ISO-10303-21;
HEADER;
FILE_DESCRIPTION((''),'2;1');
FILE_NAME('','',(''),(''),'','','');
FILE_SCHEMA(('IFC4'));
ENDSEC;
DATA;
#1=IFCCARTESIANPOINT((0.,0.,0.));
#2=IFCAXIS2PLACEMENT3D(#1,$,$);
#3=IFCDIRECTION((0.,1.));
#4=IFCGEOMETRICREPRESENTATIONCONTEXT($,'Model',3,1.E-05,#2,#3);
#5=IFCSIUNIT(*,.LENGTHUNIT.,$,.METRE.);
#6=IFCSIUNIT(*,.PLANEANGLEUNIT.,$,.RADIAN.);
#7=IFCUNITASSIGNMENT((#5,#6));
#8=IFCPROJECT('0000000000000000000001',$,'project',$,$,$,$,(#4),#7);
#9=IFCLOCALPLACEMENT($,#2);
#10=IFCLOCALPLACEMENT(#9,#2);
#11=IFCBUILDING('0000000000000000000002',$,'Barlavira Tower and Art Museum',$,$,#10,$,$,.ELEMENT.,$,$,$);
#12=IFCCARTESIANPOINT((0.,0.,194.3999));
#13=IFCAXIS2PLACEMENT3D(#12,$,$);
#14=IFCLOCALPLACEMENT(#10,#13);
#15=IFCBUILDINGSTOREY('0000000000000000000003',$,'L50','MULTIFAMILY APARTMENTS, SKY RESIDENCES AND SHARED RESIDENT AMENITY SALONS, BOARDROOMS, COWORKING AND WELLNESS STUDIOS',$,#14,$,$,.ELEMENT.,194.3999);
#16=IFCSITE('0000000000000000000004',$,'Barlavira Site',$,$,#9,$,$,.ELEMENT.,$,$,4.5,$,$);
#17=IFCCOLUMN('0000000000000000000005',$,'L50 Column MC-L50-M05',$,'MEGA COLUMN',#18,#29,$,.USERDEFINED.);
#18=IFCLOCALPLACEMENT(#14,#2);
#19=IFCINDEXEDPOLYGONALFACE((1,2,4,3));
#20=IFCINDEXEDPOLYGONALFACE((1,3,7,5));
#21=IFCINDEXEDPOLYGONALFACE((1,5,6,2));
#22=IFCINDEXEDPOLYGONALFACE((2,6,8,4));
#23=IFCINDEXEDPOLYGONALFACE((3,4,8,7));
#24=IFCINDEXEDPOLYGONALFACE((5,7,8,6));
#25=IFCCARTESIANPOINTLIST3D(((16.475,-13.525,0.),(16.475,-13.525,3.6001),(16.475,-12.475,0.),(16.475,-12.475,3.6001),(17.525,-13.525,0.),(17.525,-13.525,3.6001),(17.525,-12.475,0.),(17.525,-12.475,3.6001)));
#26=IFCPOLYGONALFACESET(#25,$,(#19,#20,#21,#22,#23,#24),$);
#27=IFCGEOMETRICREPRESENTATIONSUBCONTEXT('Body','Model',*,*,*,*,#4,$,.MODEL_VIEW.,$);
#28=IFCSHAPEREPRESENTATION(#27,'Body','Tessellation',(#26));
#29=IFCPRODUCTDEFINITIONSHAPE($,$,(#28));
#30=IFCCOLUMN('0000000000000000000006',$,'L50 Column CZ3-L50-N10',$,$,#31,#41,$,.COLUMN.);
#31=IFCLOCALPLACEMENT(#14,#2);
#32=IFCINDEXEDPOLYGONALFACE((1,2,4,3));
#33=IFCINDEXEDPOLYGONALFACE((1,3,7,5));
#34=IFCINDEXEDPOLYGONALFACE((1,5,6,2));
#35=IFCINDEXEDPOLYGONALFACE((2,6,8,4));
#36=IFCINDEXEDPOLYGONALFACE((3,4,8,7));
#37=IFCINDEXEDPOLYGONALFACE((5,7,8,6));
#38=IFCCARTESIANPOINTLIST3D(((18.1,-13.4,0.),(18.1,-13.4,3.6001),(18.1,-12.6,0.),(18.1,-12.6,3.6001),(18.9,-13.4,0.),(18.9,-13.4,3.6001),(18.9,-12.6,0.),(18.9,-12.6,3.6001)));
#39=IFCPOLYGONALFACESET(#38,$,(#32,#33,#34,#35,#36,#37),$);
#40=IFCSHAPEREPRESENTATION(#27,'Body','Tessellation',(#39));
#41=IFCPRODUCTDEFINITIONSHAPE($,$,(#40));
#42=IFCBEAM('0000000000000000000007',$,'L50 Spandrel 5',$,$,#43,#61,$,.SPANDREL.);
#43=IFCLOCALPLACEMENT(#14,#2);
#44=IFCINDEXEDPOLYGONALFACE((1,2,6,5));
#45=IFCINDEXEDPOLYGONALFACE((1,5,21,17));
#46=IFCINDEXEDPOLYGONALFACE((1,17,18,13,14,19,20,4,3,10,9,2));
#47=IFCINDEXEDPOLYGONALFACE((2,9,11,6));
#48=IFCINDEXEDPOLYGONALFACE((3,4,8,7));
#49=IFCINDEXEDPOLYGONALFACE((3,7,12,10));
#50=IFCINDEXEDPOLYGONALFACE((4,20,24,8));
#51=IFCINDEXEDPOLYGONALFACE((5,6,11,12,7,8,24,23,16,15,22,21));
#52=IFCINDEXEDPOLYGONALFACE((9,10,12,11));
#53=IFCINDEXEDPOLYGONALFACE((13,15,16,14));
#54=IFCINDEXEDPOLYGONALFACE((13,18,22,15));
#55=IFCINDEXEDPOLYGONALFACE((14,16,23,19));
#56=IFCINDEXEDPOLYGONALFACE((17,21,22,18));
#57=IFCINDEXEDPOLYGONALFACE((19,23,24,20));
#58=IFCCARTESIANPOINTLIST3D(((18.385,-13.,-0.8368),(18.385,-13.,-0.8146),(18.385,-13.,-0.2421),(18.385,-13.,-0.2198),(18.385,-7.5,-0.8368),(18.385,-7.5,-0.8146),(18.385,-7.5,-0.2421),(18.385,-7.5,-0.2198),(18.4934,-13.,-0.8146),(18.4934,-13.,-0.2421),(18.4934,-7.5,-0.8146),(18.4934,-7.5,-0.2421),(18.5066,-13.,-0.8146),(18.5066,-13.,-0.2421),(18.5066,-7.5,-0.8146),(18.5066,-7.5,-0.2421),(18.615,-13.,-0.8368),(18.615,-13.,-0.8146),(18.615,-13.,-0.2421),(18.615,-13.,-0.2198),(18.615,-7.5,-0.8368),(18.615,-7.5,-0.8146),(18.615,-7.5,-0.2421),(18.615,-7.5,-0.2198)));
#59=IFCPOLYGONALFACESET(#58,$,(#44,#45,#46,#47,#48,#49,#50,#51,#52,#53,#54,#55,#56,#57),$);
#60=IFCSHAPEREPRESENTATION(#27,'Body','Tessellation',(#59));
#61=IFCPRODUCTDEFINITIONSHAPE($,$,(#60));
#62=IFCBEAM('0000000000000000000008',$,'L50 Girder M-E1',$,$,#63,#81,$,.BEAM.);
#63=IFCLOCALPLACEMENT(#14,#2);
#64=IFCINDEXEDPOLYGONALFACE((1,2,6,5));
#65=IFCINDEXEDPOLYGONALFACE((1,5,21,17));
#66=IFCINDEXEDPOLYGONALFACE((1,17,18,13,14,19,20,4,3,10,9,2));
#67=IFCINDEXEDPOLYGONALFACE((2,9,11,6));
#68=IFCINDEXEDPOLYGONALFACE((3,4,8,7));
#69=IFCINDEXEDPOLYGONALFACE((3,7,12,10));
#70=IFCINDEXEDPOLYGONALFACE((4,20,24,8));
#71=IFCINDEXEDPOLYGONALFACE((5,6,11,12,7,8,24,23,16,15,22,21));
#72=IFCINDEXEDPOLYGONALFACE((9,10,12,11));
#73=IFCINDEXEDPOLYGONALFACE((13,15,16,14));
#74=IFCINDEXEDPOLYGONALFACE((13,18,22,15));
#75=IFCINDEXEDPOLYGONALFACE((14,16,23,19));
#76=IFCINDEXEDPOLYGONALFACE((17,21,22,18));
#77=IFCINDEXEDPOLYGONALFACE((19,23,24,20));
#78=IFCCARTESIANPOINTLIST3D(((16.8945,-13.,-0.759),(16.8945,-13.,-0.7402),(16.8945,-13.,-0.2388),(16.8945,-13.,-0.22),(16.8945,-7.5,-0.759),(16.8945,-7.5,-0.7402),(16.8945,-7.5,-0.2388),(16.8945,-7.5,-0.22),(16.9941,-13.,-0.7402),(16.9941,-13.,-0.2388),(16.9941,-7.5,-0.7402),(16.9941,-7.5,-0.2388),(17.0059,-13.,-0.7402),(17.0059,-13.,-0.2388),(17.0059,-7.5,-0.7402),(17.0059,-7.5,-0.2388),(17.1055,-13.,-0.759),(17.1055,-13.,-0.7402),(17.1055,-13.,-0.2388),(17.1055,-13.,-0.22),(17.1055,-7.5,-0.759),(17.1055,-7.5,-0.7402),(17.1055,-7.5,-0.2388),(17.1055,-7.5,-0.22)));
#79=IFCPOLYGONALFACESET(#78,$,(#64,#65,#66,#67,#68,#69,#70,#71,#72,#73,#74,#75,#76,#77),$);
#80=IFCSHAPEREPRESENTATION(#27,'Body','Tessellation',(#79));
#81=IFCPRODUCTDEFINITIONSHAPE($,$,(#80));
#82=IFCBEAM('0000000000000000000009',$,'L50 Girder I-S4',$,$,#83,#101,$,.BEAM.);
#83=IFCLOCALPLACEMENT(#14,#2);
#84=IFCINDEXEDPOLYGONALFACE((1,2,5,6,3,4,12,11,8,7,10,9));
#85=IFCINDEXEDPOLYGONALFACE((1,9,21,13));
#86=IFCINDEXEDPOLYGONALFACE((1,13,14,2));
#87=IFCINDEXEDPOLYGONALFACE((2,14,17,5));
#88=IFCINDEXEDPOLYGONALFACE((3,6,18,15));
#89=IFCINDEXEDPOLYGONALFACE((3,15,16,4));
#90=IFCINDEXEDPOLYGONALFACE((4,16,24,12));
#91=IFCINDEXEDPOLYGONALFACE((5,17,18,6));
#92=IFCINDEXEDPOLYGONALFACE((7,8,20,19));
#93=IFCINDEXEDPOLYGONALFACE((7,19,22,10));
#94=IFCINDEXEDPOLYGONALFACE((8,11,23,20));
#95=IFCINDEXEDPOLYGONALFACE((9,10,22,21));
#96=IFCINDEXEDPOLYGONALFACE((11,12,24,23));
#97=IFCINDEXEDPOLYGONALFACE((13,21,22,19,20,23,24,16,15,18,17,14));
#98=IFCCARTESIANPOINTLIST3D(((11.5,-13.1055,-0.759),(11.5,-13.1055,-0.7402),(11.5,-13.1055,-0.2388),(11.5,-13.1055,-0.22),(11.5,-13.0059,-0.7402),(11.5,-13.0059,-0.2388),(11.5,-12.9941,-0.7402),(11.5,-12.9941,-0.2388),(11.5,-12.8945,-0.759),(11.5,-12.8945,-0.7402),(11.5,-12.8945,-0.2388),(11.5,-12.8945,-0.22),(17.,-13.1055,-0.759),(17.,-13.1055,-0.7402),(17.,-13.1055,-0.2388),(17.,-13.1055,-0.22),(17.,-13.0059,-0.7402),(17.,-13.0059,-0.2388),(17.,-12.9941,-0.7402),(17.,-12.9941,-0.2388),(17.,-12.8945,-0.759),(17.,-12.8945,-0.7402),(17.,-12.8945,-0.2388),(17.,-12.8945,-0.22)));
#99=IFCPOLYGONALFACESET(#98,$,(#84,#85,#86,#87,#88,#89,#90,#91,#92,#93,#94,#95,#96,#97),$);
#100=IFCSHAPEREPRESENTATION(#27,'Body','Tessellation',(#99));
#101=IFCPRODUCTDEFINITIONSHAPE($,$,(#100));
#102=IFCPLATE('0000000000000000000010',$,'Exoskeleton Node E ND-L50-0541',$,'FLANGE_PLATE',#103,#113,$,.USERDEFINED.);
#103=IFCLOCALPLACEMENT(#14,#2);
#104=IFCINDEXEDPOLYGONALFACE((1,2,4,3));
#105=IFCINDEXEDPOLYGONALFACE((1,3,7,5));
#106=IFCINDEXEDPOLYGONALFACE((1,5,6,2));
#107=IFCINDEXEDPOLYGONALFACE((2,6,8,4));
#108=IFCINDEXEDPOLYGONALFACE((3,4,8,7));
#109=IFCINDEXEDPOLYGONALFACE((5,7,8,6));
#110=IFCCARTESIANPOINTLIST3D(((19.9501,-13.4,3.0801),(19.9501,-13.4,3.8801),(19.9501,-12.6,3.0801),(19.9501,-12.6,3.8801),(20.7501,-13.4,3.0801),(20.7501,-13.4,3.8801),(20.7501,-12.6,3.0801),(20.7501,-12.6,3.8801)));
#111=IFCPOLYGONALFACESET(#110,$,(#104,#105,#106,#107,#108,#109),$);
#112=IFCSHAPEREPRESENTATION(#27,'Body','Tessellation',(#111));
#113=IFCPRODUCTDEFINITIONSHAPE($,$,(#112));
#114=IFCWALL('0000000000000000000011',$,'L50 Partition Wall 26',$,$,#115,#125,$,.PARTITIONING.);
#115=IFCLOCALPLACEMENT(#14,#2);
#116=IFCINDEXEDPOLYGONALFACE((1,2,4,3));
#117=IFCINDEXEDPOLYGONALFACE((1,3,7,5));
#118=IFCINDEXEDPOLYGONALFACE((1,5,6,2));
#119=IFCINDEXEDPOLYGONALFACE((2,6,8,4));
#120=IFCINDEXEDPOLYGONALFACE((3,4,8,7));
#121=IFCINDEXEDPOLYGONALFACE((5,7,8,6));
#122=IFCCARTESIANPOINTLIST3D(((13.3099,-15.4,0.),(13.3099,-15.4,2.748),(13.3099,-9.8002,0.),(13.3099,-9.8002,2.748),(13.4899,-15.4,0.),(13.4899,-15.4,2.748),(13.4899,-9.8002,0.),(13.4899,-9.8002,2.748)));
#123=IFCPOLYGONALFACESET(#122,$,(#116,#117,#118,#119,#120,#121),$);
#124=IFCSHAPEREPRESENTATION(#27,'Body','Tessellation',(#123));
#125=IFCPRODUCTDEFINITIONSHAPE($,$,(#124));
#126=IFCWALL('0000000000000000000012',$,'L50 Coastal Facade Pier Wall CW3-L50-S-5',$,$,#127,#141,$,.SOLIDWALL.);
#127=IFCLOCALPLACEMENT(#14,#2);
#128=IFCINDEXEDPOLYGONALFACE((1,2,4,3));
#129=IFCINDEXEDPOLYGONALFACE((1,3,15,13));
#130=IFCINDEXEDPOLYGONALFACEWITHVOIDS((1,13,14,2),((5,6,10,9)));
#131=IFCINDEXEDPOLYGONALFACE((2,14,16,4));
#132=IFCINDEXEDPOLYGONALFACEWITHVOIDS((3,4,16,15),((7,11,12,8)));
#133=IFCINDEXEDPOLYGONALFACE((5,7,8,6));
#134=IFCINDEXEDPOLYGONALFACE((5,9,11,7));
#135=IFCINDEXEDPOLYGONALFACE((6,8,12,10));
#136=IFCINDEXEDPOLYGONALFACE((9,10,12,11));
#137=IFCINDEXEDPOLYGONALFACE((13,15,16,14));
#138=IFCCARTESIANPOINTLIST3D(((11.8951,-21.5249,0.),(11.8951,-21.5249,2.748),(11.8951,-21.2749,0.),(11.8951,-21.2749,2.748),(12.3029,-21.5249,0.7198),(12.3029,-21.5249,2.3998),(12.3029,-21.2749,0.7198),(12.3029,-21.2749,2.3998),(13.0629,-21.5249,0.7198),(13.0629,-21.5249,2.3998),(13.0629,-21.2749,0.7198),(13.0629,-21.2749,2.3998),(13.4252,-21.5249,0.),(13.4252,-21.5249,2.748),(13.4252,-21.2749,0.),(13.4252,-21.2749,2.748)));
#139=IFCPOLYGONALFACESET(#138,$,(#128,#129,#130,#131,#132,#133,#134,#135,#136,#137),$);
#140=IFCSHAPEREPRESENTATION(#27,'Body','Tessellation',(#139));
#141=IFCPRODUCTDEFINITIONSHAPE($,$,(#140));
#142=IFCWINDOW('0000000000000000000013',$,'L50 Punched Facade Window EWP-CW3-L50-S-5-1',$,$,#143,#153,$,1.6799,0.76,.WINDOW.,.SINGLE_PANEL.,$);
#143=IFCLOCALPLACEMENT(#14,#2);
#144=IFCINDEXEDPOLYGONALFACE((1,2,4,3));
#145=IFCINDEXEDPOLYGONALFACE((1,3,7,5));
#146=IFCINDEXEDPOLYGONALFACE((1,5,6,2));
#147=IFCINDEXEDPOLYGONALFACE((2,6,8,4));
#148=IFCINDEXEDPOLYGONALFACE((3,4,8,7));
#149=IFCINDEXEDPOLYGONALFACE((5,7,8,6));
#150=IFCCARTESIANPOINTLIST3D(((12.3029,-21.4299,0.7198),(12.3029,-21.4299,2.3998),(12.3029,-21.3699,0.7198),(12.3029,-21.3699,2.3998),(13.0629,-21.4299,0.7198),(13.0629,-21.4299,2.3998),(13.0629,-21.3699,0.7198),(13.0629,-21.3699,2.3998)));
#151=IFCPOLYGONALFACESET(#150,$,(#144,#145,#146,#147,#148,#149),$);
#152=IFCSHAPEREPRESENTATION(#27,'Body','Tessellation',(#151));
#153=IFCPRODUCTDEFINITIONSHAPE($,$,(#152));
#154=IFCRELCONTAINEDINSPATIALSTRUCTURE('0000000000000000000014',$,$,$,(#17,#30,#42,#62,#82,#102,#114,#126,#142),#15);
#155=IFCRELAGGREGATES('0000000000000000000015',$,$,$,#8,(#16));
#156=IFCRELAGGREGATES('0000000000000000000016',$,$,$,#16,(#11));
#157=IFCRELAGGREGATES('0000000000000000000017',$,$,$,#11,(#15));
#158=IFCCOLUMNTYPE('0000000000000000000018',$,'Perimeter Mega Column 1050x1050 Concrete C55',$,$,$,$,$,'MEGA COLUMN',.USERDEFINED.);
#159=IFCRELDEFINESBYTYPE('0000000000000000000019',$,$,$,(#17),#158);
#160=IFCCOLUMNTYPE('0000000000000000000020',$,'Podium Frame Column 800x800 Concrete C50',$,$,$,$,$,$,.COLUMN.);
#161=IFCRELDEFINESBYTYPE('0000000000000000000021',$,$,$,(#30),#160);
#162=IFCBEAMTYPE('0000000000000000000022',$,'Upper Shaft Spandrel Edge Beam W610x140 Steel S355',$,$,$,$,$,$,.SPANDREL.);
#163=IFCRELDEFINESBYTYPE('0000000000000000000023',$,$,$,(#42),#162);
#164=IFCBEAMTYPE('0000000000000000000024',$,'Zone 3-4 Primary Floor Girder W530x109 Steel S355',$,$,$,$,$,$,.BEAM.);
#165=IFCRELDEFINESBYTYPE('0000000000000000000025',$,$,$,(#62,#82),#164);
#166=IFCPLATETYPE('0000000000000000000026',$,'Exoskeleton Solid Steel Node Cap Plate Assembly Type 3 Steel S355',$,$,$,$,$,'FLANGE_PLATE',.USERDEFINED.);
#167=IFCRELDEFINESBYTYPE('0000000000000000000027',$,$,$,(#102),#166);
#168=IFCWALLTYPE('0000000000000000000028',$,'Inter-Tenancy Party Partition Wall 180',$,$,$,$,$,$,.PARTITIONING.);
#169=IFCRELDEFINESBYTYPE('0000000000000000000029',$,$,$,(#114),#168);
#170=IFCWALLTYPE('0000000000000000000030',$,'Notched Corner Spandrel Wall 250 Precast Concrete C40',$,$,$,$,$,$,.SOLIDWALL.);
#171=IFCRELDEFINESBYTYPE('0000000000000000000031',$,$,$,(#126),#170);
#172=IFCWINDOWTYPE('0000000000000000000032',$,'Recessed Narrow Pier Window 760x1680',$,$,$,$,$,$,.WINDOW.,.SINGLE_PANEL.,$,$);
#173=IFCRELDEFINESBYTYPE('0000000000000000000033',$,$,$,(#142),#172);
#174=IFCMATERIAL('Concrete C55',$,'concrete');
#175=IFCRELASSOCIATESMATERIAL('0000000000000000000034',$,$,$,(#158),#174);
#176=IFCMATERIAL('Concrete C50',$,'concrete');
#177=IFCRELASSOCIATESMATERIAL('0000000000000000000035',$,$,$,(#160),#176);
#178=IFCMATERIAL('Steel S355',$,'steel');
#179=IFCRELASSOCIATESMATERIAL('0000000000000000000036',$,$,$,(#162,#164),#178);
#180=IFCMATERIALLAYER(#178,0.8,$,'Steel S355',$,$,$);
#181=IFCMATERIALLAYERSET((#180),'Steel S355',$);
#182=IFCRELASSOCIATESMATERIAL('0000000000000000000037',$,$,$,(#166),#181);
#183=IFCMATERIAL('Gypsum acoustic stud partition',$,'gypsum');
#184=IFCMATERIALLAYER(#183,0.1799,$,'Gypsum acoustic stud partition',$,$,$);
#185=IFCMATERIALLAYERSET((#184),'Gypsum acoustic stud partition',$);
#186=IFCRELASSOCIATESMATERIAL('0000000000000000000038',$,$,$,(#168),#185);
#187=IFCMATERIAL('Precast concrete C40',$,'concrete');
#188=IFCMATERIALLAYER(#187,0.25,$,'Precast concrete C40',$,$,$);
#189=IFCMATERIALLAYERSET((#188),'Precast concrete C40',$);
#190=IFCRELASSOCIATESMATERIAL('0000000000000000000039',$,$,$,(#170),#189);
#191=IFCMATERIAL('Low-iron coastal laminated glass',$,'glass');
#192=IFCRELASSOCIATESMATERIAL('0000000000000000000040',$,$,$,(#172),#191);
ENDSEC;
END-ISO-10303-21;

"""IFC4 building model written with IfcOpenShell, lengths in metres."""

from ifc_helpers import new_model, si_unit, direction, frame, frame_2d, origin, origin_2d, place, context, subcontext, project, spatial, rectangle, i_section, extrude, material, layer, layer_set, material_profile, profile_set, type_object, element, fill, save


model = new_model("IFC4")

# Units and contexts
model_context = context("Model", 3, precision=1e-05, world=origin(), true_north=direction((0.0, 1.0)))
body_context = subcontext(model_context, "Body", "Model", "MODEL_VIEW")
ifc_project = project(units=[si_unit("LENGTHUNIT", "METRE"), si_unit("PLANEANGLEUNIT", "RADIAN")], contexts=[model_context])

# Site, building, storey
site_placement = place(None, origin())
site = spatial("IfcSite", under=ifc_project, at=site_placement, Name="Barlavira Site", CompositionType="ELEMENT", RefElevation=4.5)
building_placement = place(site_placement, origin())
building = spatial("IfcBuilding", under=site, at=building_placement, Name="Barlavira Tower and Art Museum", CompositionType="ELEMENT")
storey_placement = place(building_placement, frame((0.0, 0.0, 194.3999)))
storey = spatial("IfcBuildingStorey", under=building, at=storey_placement, Name="L50", Description="MULTIFAMILY APARTMENTS, SKY RESIDENCES AND SHARED RESIDENT AMENITY SALONS, BOARDROOMS, COWORKING AND WELLNESS STUDIOS", CompositionType="ELEMENT", Elevation=194.3999)

# Columns
ifc_material_1 = material(Name="Concrete C55", Category="concrete")
ifc_material_profile_1 = material_profile(ifc_material_1, rectangle(XDim=1.05, YDim=1.05, at=origin_2d()), Name="RC-COL 1050x1050")
ifc_profile_set_1 = profile_set([ifc_material_profile_1], Name="Concrete C55")
column_type_1 = type_object("IfcColumnType", Name="Perimeter Mega Column 1050x1050 Concrete C55", ElementType="MEGA COLUMN", PredefinedType="USERDEFINED", material=ifc_profile_set_1)
column_1_placement = place(storey_placement, frame((17.0, -13.0, 0.0), z_axis=(0.0, 0.0, 1.0), x_axis=(1.0, 0.0, 0.0)))
element("IfcColumn", 1, at=column_1_placement, inside=storey, type_object=column_type_1, Name="L50 Column MC-L50-M05", ObjectType="MEGA COLUMN", PredefinedType="USERDEFINED", context=body_context, shape_type="SweptSolid", body=[
    extrude(rectangle(XDim=1.05, YDim=1.05, at=origin_2d()), origin(), (0.0, 0.0, 1.0), 3.6001),
])
ifc_material_2 = material(Name="Concrete C50", Category="concrete")
ifc_material_profile_2 = material_profile(ifc_material_2, rectangle(XDim=0.8, YDim=0.8, at=origin_2d()), Name="RC-COL 800x800")
ifc_profile_set_2 = profile_set([ifc_material_profile_2], Name="Concrete C50")
column_type_2 = type_object("IfcColumnType", Name="Podium Frame Column 800x800 Concrete C50", PredefinedType="COLUMN", material=ifc_profile_set_2)
column_2_placement = place(storey_placement, frame((18.5, -13.0, 0.0), z_axis=(0.0, 0.0, 1.0), x_axis=(1.0, 0.0, 0.0)))
element("IfcColumn", 2, at=column_2_placement, inside=storey, type_object=column_type_2, Name="L50 Column CZ3-L50-N10", PredefinedType="COLUMN", context=body_context, shape_type="SweptSolid", body=[
    extrude(rectangle(XDim=0.8, YDim=0.8, at=origin_2d()), origin(), (0.0, 0.0, 1.0), 3.6001),
])

# Beams
ifc_material_3 = material(Name="Steel S355", Category="steel")
ifc_material_profile_3 = material_profile(ifc_material_3, i_section(OverallWidth=0.23, OverallDepth=0.6169, WebThickness=0.0132, FlangeThickness=0.0222, at=origin_2d()), Name="W610x140.0")
ifc_profile_set_3 = profile_set([ifc_material_profile_3], Name="Steel S355")
beam_type_1 = type_object("IfcBeamType", Name="Upper Shaft Spandrel Edge Beam W610x140 Steel S355", PredefinedType="SPANDREL", material=ifc_profile_set_3)
beam_placement = place(storey_placement, frame((18.5, -13.0, -0.5283), z_axis=(0.0, 1.0, 0.0), x_axis=(-1.0, 0.0, 0.0)))
element("IfcBeam", 3, at=beam_placement, inside=storey, type_object=beam_type_1, Name="L50 Spandrel 5", PredefinedType="SPANDREL", context=body_context, shape_type="SweptSolid", body=[
    extrude(i_section(OverallWidth=0.23, OverallDepth=0.6169, WebThickness=0.0132, FlangeThickness=0.0222, at=origin_2d()), origin(), (0.0, 0.0, 1.0), 5.5),
])
ifc_material_profile_4 = material_profile(ifc_material_3, i_section(OverallWidth=0.2109, OverallDepth=0.5391, WebThickness=0.0117, FlangeThickness=0.0188, at=origin_2d()), Name="W530x109.0")
ifc_profile_set_4 = profile_set([ifc_material_profile_4], Name="Steel S355")
beam_type_2 = type_object("IfcBeamType", Name="Zone 3-4 Primary Floor Girder W530x109 Steel S355", PredefinedType="BEAM", material=ifc_profile_set_4)
for number, where, z_axis, x_axis, name in (
    (4, (17.0, -13.0, -0.4895), (0.0, 1.0, 0.0), (-1.0, 0.0, 0.0), "L50 Girder M-E1"),
    (5, (11.5, -13.0, -0.4895), (1.0, 0.0, 0.0), (0.0, 1.0, 0.0), "L50 Girder I-S4"),
):
    element("IfcBeam", number, at=place(storey_placement, frame(where, z_axis=z_axis, x_axis=x_axis)), inside=storey, type_object=beam_type_2, Name=name, PredefinedType="BEAM", context=body_context, shape_type="SweptSolid", body=[
        extrude(i_section(OverallWidth=0.2109, OverallDepth=0.5391, WebThickness=0.0117, FlangeThickness=0.0188, at=origin_2d()), origin(), (0.0, 0.0, 1.0), 5.5),
    ])

# Plate
ifc_layer_1 = layer(ifc_material_3, 0.8, Name="Steel S355")
ifc_layer_set_1 = layer_set([ifc_layer_1], Name="Steel S355")
plate_type = type_object("IfcPlateType", Name="Exoskeleton Solid Steel Node Cap Plate Assembly Type 3 Steel S355", ElementType="FLANGE_PLATE", PredefinedType="USERDEFINED", material=ifc_layer_set_1)
plate_placement = place(storey_placement, frame((20.3501, -13.0, 3.0801), z_axis=(0.0, 0.0, 1.0), x_axis=(1.0, 0.0, 0.0)))
element("IfcPlate", 6, at=plate_placement, inside=storey, type_object=plate_type, Name="Exoskeleton Node E ND-L50-0541", ObjectType="FLANGE_PLATE", PredefinedType="USERDEFINED", context=body_context, shape_type="SweptSolid", body=[
    extrude(rectangle(XDim=0.8, YDim=0.8, at=origin_2d()), origin(), (0.0, 0.0, 1.0), 0.8),
])

# Wall
ifc_material_4 = material(Name="Gypsum acoustic stud partition", Category="gypsum")
ifc_layer_2 = layer(ifc_material_4, 0.1799, Name="Gypsum acoustic stud partition")
ifc_layer_set_2 = layer_set([ifc_layer_2], Name="Gypsum acoustic stud partition")
wall_type_1 = type_object("IfcWallType", Name="Inter-Tenancy Party Partition Wall 180", PredefinedType="PARTITIONING", material=ifc_layer_set_2)
wall_1_placement = place(storey_placement, frame((13.3999, -15.3999, 0.0), z_axis=(0.0, 0.0, 1.0), x_axis=(0.0, 1.0, 0.0)))
element("IfcWall", 7, at=wall_1_placement, inside=storey, type_object=wall_type_1, Name="L50 Partition Wall 26", PredefinedType="PARTITIONING", context=body_context, shape_type="SweptSolid", body=[
    extrude(rectangle(XDim=5.5999, YDim=0.1799, at=frame_2d((2.7998, 0.0))), origin(), (0.0, 0.0, 1.0), 2.748),
])

# Wall, opening, window
ifc_material_5 = material(Name="Precast concrete C40", Category="concrete")
ifc_layer_3 = layer(ifc_material_5, 0.25, Name="Precast concrete C40")
ifc_layer_set_3 = layer_set([ifc_layer_3], Name="Precast concrete C40")
wall_type_2 = type_object("IfcWallType", Name="Notched Corner Spandrel Wall 250 Precast Concrete C40", PredefinedType="SOLIDWALL", material=ifc_layer_set_3)
wall_2_placement = place(storey_placement, frame((11.895, -21.3999, 0.0), z_axis=(0.0, 0.0, 1.0), x_axis=(1.0, 0.0, 0.0)))
wall_2 = element("IfcWall", 8, at=wall_2_placement, inside=storey, type_object=wall_type_2, Name="L50 Coastal Facade Pier Wall CW3-L50-S-5", PredefinedType="SOLIDWALL", context=body_context, shape_type="SweptSolid", body=[
    extrude(rectangle(XDim=1.53, YDim=0.25, at=frame_2d((0.7651, 0.0))), origin(), (0.0, 0.0, 1.0), 2.748),
])
opening_1_placement = place(wall_2_placement, frame((0.408, 0.0, 0.72)))
opening_1 = element("IfcOpeningElement", 9, at=opening_1_placement, cuts=wall_2, PredefinedType="OPENING", context=body_context, shape_type="SweptSolid", body=[
    extrude(rectangle(XDim=0.76, YDim=1.6799, at=frame_2d((0.3799, 0.8398))), frame((0.0, 0.135, 0.0), z_axis=(0.0, -1.0, 0.0), x_axis=(1.0, 0.0, 0.0)), (0.0, 0.0, 1.0), 0.27),
])
ifc_material_6 = material(Name="Low-iron coastal laminated glass", Category="glass")
window_type_1 = type_object("IfcWindowType", Name="Recessed Narrow Pier Window 760x1680", PartitioningType="SINGLE_PANEL", PredefinedType="WINDOW", material=ifc_material_6)
window_1_placement = place(opening_1_placement, origin())
window_1 = element("IfcWindow", 10, at=window_1_placement, inside=storey, type_object=window_type_1, Name="L50 Punched Facade Window EWP-CW3-L50-S-5-1", OverallHeight=1.6799, OverallWidth=0.76, PartitioningType="SINGLE_PANEL", PredefinedType="WINDOW", context=body_context, shape_type="SweptSolid", body=[
    extrude(rectangle(XDim=0.76, YDim=1.6799, at=frame_2d((0.3799, 0.8398))), frame((0.0, 0.03, 0.0), z_axis=(0.0, -1.0, 0.0), x_axis=(1.0, 0.0, 0.0)), (0.0, 0.0, 1.0), 0.0601),
])
fill(opening_1, window_1)

save(model, "model.ifc")
